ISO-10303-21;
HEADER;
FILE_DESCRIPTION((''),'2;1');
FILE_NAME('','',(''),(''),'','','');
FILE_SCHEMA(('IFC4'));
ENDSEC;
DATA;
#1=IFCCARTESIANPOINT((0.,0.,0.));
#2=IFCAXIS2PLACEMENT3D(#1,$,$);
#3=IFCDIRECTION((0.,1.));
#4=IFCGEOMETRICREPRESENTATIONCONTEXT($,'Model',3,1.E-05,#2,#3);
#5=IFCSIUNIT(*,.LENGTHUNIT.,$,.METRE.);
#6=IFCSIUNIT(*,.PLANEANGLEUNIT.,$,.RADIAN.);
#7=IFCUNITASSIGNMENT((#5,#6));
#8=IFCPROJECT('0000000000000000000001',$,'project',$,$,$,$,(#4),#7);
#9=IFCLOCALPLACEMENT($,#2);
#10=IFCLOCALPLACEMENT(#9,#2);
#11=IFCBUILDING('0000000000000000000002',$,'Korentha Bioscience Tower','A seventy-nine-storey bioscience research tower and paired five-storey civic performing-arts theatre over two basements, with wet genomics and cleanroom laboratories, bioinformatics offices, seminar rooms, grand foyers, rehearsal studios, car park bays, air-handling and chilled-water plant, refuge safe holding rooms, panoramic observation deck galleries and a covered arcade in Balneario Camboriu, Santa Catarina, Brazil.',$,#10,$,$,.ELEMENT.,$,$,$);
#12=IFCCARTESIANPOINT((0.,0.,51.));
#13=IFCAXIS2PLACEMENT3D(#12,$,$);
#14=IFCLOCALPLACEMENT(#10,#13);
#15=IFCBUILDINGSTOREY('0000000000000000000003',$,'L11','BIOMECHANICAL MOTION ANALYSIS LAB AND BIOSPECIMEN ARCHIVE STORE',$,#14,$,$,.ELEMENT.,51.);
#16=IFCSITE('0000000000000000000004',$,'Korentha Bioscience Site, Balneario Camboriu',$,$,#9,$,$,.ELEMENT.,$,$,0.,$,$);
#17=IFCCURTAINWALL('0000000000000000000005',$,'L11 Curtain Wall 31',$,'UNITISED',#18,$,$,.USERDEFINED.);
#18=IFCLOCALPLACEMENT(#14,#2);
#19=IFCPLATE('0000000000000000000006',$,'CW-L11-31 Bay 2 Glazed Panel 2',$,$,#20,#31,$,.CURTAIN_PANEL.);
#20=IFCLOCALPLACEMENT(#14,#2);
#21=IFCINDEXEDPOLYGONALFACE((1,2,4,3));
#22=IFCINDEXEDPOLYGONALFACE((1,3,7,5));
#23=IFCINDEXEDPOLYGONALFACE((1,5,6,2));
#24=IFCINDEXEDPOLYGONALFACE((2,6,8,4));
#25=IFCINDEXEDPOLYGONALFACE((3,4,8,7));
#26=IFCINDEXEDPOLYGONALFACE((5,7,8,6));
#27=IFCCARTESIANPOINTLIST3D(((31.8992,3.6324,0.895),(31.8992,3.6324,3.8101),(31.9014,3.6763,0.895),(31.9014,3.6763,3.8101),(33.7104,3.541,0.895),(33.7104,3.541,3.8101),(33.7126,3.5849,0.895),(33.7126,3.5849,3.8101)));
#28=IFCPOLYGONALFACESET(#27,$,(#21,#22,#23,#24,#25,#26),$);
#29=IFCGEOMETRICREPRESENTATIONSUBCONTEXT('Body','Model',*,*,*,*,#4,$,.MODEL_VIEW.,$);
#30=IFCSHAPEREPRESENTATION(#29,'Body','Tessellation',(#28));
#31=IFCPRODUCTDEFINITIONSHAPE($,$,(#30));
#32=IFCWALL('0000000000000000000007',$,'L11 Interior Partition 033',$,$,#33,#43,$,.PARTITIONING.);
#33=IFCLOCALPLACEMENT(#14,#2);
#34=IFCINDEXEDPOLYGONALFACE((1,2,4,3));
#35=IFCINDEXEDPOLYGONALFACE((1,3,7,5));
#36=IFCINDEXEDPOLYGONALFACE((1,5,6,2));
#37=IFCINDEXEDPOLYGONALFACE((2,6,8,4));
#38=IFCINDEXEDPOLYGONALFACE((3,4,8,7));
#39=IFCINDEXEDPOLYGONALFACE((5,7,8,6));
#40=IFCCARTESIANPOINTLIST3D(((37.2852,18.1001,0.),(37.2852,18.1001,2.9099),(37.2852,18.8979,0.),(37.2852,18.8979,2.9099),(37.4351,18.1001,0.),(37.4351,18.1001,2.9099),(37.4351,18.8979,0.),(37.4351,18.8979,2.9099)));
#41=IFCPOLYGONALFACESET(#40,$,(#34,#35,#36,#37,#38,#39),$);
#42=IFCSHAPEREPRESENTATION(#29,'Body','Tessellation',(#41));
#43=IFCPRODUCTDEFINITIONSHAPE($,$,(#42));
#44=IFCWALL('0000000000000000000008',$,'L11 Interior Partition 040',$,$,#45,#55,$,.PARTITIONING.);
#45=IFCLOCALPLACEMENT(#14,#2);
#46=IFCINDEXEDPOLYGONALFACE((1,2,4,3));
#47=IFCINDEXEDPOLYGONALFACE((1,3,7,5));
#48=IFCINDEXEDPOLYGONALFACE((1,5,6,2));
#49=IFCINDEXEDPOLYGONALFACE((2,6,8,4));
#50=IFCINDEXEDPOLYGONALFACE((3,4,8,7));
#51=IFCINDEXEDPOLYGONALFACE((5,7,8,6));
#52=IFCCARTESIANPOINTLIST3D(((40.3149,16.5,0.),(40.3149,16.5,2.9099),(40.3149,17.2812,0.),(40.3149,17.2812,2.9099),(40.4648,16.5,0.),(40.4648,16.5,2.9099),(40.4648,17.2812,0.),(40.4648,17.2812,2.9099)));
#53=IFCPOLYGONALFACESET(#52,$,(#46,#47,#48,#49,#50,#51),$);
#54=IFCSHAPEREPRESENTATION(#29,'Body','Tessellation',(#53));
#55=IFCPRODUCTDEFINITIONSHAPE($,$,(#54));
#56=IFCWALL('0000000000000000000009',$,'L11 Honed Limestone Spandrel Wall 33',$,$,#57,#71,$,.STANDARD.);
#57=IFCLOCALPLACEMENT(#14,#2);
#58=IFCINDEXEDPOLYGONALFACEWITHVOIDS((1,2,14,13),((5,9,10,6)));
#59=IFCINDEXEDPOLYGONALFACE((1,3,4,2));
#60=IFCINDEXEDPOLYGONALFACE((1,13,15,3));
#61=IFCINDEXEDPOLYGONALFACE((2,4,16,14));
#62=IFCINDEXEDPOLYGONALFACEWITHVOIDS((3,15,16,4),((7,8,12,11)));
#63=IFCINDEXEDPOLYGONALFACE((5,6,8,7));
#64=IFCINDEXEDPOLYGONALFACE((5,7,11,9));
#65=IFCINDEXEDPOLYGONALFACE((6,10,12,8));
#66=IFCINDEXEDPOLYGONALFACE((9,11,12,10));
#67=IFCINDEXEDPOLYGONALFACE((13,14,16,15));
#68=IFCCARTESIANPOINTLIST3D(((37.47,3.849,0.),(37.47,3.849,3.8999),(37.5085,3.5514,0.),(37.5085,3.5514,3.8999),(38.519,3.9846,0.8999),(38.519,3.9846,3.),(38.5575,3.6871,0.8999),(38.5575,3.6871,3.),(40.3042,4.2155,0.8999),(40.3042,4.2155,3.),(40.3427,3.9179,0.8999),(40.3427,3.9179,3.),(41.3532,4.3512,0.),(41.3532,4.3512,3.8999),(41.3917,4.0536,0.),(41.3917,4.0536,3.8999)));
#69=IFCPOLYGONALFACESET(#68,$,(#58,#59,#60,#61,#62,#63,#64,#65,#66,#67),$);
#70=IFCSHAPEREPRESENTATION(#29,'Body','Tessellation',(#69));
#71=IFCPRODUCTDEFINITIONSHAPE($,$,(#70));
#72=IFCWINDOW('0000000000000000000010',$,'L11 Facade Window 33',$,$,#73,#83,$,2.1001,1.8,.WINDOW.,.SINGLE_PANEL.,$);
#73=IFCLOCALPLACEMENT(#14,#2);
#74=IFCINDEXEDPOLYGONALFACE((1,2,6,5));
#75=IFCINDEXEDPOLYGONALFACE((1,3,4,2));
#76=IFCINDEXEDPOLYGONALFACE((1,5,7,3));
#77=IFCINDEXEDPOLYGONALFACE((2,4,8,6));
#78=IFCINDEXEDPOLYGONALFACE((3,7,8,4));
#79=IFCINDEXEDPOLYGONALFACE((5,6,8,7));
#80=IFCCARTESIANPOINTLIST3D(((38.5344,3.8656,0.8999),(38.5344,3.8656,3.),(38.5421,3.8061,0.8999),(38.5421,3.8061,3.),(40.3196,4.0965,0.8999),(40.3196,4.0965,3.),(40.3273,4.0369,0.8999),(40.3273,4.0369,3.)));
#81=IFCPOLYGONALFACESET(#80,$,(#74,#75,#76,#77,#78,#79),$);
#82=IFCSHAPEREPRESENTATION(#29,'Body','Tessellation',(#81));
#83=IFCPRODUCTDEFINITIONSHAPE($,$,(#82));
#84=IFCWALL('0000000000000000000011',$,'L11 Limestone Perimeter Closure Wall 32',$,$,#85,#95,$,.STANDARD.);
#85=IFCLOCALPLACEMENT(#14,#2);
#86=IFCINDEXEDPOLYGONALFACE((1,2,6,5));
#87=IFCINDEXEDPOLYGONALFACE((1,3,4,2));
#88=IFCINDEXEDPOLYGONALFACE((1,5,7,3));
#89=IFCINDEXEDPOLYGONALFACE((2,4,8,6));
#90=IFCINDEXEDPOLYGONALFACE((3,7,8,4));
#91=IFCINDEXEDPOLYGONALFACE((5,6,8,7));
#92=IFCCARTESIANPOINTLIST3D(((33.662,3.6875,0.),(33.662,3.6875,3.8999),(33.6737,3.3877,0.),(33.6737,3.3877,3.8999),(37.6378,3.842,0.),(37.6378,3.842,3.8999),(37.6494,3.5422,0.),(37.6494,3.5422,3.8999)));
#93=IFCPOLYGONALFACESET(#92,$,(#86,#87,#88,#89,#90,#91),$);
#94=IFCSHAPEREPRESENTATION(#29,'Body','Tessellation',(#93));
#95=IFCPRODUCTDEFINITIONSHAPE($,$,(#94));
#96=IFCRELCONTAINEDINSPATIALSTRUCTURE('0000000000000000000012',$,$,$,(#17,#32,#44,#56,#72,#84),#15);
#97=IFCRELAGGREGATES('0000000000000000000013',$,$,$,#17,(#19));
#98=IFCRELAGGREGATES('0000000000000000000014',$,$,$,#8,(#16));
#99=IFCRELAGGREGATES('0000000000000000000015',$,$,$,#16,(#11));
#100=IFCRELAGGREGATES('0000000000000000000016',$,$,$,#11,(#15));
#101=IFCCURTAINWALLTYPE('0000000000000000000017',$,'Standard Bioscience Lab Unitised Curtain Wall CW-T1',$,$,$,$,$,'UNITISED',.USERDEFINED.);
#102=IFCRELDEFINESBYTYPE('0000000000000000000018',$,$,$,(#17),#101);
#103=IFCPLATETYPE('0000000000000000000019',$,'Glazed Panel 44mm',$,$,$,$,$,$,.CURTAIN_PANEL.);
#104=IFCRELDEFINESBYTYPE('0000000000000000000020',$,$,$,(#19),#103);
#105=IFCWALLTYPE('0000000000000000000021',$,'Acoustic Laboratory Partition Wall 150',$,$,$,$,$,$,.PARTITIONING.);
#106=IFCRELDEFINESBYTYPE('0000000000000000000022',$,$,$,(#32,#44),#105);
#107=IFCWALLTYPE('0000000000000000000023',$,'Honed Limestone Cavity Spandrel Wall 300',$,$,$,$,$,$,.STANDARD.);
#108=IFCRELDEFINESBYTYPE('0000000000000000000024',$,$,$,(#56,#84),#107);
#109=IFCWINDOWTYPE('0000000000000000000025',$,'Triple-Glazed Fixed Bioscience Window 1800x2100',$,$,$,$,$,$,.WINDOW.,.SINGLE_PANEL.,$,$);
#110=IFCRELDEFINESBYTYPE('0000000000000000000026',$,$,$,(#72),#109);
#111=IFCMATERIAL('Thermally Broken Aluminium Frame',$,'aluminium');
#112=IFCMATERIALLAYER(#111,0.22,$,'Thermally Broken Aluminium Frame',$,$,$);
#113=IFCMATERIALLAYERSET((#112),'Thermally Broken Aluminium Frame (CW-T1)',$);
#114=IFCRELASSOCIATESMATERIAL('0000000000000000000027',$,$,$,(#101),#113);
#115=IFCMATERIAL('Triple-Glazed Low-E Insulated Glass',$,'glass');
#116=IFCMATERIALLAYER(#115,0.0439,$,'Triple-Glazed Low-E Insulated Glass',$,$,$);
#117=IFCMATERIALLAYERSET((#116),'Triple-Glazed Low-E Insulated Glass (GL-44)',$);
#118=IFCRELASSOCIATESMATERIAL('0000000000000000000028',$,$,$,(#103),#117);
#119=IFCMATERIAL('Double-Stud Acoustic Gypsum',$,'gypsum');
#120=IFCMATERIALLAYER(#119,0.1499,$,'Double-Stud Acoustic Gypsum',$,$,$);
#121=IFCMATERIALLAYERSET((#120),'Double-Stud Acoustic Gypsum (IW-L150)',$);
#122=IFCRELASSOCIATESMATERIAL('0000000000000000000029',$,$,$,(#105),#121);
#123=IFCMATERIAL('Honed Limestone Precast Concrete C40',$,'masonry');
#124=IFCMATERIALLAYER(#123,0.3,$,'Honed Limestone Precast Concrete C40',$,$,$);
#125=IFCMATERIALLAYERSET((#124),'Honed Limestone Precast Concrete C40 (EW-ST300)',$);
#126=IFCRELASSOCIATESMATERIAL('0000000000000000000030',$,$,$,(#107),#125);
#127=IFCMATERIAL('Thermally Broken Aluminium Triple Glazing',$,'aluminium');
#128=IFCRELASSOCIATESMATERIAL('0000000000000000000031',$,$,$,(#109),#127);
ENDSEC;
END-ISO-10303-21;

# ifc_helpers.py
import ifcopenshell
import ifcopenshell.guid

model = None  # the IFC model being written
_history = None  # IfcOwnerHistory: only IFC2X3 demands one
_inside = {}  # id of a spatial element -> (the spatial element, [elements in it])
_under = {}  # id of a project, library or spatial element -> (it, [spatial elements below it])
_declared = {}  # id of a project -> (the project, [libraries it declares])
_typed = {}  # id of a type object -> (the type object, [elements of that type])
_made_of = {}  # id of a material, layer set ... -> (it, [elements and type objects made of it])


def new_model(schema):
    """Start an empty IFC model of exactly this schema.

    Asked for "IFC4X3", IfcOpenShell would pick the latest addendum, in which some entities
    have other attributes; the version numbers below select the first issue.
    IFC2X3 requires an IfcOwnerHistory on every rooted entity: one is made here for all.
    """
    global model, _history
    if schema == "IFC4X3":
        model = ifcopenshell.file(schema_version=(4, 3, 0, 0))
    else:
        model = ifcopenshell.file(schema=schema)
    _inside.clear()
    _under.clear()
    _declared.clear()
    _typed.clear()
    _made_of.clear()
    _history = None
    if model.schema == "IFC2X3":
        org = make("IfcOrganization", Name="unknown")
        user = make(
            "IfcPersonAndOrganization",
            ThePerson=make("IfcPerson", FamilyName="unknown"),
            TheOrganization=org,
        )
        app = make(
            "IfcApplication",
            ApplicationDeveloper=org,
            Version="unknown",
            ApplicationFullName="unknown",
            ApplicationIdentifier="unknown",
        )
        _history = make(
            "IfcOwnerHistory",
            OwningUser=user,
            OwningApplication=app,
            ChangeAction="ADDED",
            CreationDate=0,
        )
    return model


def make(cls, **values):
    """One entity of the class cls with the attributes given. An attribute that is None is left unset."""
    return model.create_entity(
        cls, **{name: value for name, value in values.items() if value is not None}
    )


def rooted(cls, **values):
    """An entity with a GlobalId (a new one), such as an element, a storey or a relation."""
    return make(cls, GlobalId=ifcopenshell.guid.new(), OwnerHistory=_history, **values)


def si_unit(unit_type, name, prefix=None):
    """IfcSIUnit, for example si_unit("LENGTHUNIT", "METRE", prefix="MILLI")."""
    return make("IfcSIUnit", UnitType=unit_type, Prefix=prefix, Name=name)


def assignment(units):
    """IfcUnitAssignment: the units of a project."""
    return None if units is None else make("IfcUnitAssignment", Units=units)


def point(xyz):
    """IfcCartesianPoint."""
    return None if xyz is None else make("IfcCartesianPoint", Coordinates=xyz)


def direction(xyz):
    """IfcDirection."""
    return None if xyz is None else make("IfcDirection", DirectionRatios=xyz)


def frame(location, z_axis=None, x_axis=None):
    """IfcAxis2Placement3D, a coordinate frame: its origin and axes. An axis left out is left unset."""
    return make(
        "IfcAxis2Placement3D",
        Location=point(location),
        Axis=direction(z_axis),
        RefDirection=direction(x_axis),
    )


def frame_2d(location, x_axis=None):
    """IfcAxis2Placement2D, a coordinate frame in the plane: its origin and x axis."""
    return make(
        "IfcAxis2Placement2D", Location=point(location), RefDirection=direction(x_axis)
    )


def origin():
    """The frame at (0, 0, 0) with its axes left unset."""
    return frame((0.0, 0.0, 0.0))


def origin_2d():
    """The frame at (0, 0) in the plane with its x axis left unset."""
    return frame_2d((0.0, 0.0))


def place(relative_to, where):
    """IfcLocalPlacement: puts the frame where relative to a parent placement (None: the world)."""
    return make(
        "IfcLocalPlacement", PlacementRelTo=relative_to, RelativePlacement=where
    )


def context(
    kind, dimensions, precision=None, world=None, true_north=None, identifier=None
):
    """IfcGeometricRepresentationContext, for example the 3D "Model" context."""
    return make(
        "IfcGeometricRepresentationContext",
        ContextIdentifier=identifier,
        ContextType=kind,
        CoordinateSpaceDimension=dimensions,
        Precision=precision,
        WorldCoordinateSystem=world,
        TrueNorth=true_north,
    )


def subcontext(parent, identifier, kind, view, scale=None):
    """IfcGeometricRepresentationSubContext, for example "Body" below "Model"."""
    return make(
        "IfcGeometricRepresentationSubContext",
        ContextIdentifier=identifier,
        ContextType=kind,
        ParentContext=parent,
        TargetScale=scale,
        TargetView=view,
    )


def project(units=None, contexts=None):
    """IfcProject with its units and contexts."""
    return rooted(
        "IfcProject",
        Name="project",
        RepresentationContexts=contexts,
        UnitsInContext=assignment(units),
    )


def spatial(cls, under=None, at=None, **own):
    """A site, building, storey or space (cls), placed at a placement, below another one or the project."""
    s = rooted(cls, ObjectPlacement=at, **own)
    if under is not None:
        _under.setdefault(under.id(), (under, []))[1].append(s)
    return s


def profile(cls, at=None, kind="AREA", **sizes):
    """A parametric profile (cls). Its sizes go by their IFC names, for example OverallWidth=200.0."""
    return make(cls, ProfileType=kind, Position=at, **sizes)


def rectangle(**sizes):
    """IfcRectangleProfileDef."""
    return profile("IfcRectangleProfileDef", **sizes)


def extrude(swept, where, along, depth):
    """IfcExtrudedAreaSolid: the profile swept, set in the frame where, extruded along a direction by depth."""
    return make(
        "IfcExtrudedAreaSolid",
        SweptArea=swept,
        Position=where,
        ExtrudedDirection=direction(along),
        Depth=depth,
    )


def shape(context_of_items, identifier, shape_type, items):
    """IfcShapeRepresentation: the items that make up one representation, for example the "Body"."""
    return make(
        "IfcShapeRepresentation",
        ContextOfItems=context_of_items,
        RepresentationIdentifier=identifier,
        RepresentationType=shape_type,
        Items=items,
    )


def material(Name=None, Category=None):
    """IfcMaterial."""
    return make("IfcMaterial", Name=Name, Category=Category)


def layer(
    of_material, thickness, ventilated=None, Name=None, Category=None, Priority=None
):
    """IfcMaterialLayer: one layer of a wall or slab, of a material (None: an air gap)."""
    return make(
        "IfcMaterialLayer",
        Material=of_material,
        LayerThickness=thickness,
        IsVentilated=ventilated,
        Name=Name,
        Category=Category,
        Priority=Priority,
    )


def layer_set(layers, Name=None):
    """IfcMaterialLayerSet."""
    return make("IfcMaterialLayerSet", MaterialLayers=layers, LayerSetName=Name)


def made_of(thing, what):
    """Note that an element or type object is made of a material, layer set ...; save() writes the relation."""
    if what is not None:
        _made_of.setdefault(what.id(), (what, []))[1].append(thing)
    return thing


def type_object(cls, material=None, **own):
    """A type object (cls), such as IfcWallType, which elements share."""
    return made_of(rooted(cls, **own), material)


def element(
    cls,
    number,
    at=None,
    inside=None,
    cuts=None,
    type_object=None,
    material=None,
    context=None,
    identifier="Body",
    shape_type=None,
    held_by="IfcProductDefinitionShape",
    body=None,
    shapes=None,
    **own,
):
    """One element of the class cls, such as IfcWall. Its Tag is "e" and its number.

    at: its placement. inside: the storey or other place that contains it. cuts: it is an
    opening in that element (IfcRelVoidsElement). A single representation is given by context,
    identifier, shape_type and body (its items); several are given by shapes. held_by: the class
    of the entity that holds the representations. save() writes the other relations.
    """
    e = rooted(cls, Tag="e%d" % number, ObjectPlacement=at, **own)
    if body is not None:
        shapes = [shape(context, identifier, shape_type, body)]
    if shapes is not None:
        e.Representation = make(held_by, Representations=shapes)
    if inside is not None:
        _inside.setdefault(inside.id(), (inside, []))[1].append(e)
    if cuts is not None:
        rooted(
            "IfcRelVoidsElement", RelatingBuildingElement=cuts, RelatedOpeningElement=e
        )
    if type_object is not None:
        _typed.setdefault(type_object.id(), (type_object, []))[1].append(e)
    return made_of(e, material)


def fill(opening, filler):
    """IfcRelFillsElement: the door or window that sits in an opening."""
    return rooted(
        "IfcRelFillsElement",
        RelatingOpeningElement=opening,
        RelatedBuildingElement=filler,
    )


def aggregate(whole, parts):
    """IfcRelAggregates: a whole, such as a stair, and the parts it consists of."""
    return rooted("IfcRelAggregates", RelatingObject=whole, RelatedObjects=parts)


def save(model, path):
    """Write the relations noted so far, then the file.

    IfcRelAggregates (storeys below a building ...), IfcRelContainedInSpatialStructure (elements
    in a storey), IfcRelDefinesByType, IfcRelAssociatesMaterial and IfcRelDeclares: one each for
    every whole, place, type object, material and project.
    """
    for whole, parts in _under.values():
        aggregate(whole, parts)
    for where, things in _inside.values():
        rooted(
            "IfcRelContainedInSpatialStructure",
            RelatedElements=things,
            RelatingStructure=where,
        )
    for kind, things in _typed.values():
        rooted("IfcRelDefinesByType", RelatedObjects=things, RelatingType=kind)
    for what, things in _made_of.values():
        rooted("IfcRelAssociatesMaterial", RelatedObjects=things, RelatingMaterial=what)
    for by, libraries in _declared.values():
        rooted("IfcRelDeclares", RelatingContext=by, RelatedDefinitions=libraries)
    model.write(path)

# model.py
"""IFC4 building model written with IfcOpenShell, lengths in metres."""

from ifc_helpers import new_model, si_unit, direction, frame, frame_2d, origin, origin_2d, place, context, subcontext, project, spatial, rectangle, extrude, material, layer, layer_set, type_object, element, fill, aggregate, save


model = new_model("IFC4")

# Units and contexts
model_context = context("Model", 3, precision=1e-05, world=origin(), true_north=direction((0.0, 1.0)))
body_context = subcontext(model_context, "Body", "Model", "MODEL_VIEW")
ifc_project = project(units=[si_unit("LENGTHUNIT", "METRE"), si_unit("PLANEANGLEUNIT", "RADIAN")], contexts=[model_context])

# Site, building, storey
site_placement = place(None, origin())
site = spatial("IfcSite", under=ifc_project, at=site_placement, Name="Korentha Bioscience Site, Balneario Camboriu", CompositionType="ELEMENT", RefElevation=0.0)
building_placement = place(site_placement, origin())
building = spatial("IfcBuilding", under=site, at=building_placement, Name="Korentha Bioscience Tower", Description="A seventy-nine-storey bioscience research tower and paired five-storey civic performing-arts theatre over two basements, with wet genomics and cleanroom laboratories, bioinformatics offices, seminar rooms, grand foyers, rehearsal studios, car park bays, air-handling and chilled-water plant, refuge safe holding rooms, panoramic observation deck galleries and a covered arcade in Balneario Camboriu, Santa Catarina, Brazil.", CompositionType="ELEMENT")
storey_placement = place(building_placement, frame((0.0, 0.0, 51.0)))
storey = spatial("IfcBuildingStorey", under=building, at=storey_placement, Name="L11", Description="BIOMECHANICAL MOTION ANALYSIS LAB AND BIOSPECIMEN ARCHIVE STORE", CompositionType="ELEMENT", Elevation=51.0)

# Curtain wall
ifc_material_1 = material(Name="Thermally Broken Aluminium Frame", Category="aluminium")
ifc_layer_1 = layer(ifc_material_1, 0.22, Name="Thermally Broken Aluminium Frame")
ifc_layer_set_1 = layer_set([ifc_layer_1], Name="Thermally Broken Aluminium Frame (CW-T1)")
curtain_wall_type = type_object("IfcCurtainWallType", Name="Standard Bioscience Lab Unitised Curtain Wall CW-T1", ElementType="UNITISED", PredefinedType="USERDEFINED", material=ifc_layer_set_1)
curtain_wall_placement = place(storey_placement, origin())
curtain_wall = element("IfcCurtainWall", 1, at=curtain_wall_placement, inside=storey, type_object=curtain_wall_type, Name="L11 Curtain Wall 31", ObjectType="UNITISED", PredefinedType="USERDEFINED")

# Plate
ifc_material_2 = material(Name="Triple-Glazed Low-E Insulated Glass", Category="glass")
ifc_layer_2 = layer(ifc_material_2, 0.0439, Name="Triple-Glazed Low-E Insulated Glass")
ifc_layer_set_2 = layer_set([ifc_layer_2], Name="Triple-Glazed Low-E Insulated Glass (GL-44)")
plate_type = type_object("IfcPlateType", Name="Glazed Panel 44mm", PredefinedType="CURTAIN_PANEL", material=ifc_layer_set_2)
plate_1_placement = place(storey_placement, frame((32.8059, 3.6086, 0.895), z_axis=(0.0, 0.0, 1.0), x_axis=(0.998731, -0.050371, 0.0)))
plate_1 = element("IfcPlate", 2, at=plate_1_placement, type_object=plate_type, Name="CW-L11-31 Bay 2 Glazed Panel 2", PredefinedType="CURTAIN_PANEL", context=body_context, shape_type="SweptSolid", body=[
    extrude(rectangle(XDim=1.8135, YDim=0.0439, at=origin_2d()), origin(), (0.0, 0.0, 1.0), 2.915),
])
aggregate(curtain_wall, [plate_1])

# Walls
ifc_material_3 = material(Name="Double-Stud Acoustic Gypsum", Category="gypsum")
ifc_layer_3 = layer(ifc_material_3, 0.1499, Name="Double-Stud Acoustic Gypsum")
ifc_layer_set_3 = layer_set([ifc_layer_3], Name="Double-Stud Acoustic Gypsum (IW-L150)")
wall_type_1 = type_object("IfcWallType", Name="Acoustic Laboratory Partition Wall 150", PredefinedType="PARTITIONING", material=ifc_layer_set_3)
wall_1_placement = place(storey_placement, frame((37.3601, 18.1001, 0.0), z_axis=(0.0, 0.0, 1.0), x_axis=(0.0, 1.0, 0.0)))
element("IfcWall", 3, at=wall_1_placement, inside=storey, type_object=wall_type_1, Name="L11 Interior Partition 033", PredefinedType="PARTITIONING", context=body_context, shape_type="SweptSolid", body=[
    extrude(rectangle(XDim=0.7979, YDim=0.1499, at=frame_2d((0.3989, 0.0))), origin(), (0.0, 0.0, 1.0), 2.9099),
])
wall_2_placement = place(storey_placement, frame((40.3899, 17.2812, 0.0), z_axis=(0.0, 0.0, 1.0), x_axis=(0.0, -1.0, 0.0)))
element("IfcWall", 4, at=wall_2_placement, inside=storey, type_object=wall_type_1, Name="L11 Interior Partition 040", PredefinedType="PARTITIONING", context=body_context, shape_type="SweptSolid", body=[
    extrude(rectangle(XDim=0.7812, YDim=0.1499, at=frame_2d((0.3906, 0.0))), origin(), (0.0, 0.0, 1.0), 2.9099),
])

# Wall, opening, window
ifc_material_4 = material(Name="Honed Limestone Precast Concrete C40", Category="masonry")
ifc_layer_4 = layer(ifc_material_4, 0.3, Name="Honed Limestone Precast Concrete C40")
ifc_layer_set_4 = layer_set([ifc_layer_4], Name="Honed Limestone Precast Concrete C40 (EW-ST300)")
wall_type_2 = type_object("IfcWallType", Name="Honed Limestone Cavity Spandrel Wall 300", PredefinedType="STANDARD", material=ifc_layer_set_4)
wall_3_placement = place(storey_placement, frame((37.4893, 3.7002, 0.0), z_axis=(0.0, 0.0, 1.0), x_axis=(0.991741, 0.128254, 0.0)))
wall_3 = element("IfcWall", 5, at=wall_3_placement, inside=storey, type_object=wall_type_2, Name="L11 Honed Limestone Spandrel Wall 33", PredefinedType="STANDARD", context=body_context, shape_type="SweptSolid", body=[
    extrude(rectangle(XDim=3.9155, YDim=0.3, at=frame_2d((1.9578, 0.0))), origin(), (0.0, 0.0, 1.0), 3.8999),
])
opening_placement = place(wall_3_placement, frame((1.0579, 0.0, 0.8999)))
opening = element("IfcOpeningElement", 6, at=opening_placement, cuts=wall_3, PredefinedType="OPENING", context=body_context, shape_type="SweptSolid", body=[
    extrude(rectangle(XDim=1.8, YDim=2.1001, at=frame_2d((0.8999, 1.05))), frame((0.0, 0.165, 0.0), z_axis=(0.0, -1.0, 0.0), x_axis=(1.0, 0.0, 0.0)), (0.0, 0.0, 1.0), 0.3298),
])
ifc_material_5 = material(Name="Thermally Broken Aluminium Triple Glazing", Category="aluminium")
window_type = type_object("IfcWindowType", Name="Triple-Glazed Fixed Bioscience Window 1800x2100", PartitioningType="SINGLE_PANEL", PredefinedType="WINDOW", material=ifc_material_5)
window_placement = place(opening_placement, origin())
window = element("IfcWindow", 7, at=window_placement, inside=storey, type_object=window_type, Name="L11 Facade Window 33", OverallHeight=2.1001, OverallWidth=1.8, PartitioningType="SINGLE_PANEL", PredefinedType="WINDOW", context=body_context, shape_type="SweptSolid", body=[
    extrude(rectangle(XDim=1.8, YDim=2.1001, at=frame_2d((0.8999, 1.05))), frame((0.0, 0.03, 0.0), z_axis=(0.0, -1.0, 0.0), x_axis=(1.0, 0.0, 0.0)), (0.0, 0.0, 1.0), 0.0601),
])
fill(opening, window)

# Wall
wall_4_placement = place(storey_placement, frame((33.668, 3.5376, 0.0), z_axis=(0.0, 0.0, 1.0), x_axis=(0.999245, 0.038841, 0.0)))
element("IfcWall", 8, at=wall_4_placement, inside=storey, type_object=wall_type_2, Name="L11 Limestone Perimeter Closure Wall 32", PredefinedType="STANDARD", context=body_context, shape_type="SweptSolid", body=[
    extrude(rectangle(XDim=3.9788, YDim=0.3, at=frame_2d((1.9893, 0.0))), origin(), (0.0, 0.0, 1.0), 3.8999),
])

save(model, "model.ifc")
